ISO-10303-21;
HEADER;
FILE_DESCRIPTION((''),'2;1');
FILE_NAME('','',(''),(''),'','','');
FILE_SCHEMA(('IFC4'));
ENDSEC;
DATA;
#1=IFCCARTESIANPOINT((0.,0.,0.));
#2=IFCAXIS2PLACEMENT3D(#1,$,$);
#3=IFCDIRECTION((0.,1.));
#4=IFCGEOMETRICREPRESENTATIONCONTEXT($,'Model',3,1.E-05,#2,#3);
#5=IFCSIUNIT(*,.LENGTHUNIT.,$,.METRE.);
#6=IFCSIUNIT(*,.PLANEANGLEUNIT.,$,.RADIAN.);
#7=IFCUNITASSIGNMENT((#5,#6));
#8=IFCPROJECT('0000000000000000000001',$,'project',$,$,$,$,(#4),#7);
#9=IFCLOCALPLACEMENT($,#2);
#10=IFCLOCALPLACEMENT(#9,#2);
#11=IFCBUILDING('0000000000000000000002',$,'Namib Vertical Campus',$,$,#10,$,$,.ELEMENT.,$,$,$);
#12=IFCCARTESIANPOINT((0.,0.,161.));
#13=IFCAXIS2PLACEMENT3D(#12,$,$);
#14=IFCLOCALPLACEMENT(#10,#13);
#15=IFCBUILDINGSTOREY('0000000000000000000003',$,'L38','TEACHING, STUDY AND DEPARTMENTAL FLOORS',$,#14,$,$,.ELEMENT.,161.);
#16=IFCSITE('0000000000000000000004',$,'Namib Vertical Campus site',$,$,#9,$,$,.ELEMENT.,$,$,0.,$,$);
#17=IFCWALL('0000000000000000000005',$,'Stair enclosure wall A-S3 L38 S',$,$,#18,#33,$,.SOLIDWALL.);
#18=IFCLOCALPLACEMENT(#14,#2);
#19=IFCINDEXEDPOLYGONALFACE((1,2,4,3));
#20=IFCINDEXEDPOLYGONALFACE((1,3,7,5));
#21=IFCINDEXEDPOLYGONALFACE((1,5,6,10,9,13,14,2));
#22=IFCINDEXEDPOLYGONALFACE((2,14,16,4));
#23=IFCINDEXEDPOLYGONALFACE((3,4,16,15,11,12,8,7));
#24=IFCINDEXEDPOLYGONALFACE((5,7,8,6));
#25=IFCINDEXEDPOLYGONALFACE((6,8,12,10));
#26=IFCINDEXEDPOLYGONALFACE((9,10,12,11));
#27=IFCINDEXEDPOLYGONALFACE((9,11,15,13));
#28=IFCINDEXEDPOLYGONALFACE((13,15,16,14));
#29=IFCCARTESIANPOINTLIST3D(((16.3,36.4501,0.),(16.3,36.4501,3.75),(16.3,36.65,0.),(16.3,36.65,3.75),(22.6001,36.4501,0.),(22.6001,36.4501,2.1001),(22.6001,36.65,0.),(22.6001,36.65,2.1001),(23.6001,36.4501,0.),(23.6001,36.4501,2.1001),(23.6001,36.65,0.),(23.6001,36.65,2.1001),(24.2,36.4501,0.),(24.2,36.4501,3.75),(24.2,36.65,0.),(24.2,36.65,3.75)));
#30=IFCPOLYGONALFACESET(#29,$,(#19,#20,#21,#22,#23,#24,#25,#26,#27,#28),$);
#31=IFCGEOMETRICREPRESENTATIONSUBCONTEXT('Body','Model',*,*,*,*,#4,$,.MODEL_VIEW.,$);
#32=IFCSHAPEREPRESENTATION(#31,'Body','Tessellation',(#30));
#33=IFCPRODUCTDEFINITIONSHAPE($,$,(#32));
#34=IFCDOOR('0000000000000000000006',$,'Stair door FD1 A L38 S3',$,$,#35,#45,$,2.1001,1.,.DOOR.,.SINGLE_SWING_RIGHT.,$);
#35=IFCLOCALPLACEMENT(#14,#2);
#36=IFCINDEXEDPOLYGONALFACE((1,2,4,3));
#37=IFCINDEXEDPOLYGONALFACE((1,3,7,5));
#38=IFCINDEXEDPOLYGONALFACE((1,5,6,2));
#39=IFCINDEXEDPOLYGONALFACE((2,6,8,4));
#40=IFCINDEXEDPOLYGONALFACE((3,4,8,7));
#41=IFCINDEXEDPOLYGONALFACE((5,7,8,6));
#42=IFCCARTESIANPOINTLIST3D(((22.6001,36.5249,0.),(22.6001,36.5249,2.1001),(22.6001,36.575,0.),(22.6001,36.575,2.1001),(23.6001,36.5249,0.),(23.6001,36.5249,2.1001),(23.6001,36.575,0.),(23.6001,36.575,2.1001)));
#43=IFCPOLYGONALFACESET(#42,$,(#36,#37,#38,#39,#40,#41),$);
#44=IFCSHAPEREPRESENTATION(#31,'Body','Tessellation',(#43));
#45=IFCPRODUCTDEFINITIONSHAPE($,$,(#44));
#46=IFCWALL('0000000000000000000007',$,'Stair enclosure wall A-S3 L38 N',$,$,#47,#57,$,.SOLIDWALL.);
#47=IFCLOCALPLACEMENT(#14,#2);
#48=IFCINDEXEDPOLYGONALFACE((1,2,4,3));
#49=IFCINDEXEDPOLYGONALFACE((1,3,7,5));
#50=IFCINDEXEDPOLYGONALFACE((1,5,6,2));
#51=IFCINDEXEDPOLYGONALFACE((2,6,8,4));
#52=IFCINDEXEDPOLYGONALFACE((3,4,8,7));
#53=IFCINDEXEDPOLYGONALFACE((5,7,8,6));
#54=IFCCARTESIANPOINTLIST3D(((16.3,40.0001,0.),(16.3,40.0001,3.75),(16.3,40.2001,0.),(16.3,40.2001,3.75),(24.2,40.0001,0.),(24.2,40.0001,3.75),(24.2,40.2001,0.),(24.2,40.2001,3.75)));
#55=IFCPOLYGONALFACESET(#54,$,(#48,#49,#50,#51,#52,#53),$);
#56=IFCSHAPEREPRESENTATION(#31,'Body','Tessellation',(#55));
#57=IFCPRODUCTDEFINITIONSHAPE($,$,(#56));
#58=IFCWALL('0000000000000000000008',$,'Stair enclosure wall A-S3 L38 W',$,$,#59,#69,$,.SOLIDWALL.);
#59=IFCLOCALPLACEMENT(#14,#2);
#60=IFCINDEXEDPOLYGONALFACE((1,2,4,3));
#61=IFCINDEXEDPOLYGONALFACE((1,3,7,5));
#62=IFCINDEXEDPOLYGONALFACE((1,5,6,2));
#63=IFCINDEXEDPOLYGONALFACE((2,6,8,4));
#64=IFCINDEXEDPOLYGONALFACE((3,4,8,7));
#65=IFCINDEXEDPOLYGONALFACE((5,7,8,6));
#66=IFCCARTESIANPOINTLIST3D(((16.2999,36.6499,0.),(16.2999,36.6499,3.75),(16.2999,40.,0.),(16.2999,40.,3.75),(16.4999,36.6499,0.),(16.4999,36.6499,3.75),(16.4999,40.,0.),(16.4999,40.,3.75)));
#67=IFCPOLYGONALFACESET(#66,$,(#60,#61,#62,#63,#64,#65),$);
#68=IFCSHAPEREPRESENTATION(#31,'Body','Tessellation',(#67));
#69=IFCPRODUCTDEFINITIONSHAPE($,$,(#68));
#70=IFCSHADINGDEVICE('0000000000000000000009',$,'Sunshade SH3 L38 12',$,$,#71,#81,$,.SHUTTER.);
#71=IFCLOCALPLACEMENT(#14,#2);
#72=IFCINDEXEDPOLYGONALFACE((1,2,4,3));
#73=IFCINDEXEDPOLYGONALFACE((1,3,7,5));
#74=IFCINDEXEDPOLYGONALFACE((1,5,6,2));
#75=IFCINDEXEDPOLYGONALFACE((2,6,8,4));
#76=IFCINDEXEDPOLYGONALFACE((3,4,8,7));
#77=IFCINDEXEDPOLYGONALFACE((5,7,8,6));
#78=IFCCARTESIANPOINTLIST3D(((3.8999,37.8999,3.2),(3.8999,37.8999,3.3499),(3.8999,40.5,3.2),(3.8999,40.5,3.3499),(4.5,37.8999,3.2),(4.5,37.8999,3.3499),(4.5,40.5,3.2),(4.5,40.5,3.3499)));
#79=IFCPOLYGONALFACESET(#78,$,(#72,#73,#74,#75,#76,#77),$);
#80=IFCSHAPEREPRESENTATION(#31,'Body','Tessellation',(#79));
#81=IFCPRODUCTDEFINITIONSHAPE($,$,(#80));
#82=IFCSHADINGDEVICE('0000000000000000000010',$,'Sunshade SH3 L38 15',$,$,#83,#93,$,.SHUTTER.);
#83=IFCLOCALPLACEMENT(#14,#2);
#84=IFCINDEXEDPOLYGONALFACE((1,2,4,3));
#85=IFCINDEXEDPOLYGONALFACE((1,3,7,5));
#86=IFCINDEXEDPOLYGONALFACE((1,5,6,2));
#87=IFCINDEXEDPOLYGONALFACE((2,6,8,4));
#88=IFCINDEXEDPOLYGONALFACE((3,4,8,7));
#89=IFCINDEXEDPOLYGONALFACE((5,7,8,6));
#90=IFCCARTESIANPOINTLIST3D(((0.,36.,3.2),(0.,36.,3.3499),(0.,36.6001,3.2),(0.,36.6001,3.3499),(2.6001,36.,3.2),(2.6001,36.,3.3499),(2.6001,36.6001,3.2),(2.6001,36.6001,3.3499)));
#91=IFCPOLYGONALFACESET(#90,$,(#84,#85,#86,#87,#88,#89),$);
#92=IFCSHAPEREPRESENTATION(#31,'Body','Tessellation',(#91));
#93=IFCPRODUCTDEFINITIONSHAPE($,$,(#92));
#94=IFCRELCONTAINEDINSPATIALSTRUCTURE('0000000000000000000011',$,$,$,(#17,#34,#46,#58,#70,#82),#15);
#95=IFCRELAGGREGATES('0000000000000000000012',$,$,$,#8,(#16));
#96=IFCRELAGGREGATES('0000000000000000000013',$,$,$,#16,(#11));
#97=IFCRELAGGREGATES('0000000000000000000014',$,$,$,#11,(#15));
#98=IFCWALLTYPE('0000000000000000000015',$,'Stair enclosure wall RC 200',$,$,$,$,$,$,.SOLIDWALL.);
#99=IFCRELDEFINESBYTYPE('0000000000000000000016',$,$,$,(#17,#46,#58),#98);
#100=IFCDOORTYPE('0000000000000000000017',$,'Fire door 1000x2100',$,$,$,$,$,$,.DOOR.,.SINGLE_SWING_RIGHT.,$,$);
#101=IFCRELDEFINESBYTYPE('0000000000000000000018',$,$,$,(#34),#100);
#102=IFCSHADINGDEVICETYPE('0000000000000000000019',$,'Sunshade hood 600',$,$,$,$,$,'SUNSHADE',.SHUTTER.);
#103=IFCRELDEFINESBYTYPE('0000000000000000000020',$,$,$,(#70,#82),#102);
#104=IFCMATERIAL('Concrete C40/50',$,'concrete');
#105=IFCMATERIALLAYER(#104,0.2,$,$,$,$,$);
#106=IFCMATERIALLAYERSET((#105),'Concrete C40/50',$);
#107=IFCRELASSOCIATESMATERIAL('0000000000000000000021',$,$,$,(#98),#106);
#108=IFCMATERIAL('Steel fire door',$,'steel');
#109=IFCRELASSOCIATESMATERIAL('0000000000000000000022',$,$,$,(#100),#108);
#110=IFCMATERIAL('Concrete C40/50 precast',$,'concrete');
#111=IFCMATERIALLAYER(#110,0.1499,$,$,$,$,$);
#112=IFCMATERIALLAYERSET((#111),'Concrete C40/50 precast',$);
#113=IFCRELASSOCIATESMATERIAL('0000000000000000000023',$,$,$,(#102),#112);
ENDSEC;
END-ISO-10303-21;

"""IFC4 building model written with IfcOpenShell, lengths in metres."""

from ifc_helpers import new_model, si_unit, direction, frame, frame_2d, origin, origin_2d, place, context, subcontext, project, spatial, rectangle, extrude, material, layer, layer_set, type_object, element, fill, save


model = new_model("IFC4")

# Units and contexts
model_context = context("Model", 3, precision=1e-05, world=origin(), true_north=direction((0.0, 1.0)))
body_context = subcontext(model_context, "Body", "Model", "MODEL_VIEW")
ifc_project = project(units=[si_unit("LENGTHUNIT", "METRE"), si_unit("PLANEANGLEUNIT", "RADIAN")], contexts=[model_context])

# Site, building, storey
site_placement = place(None, origin())
site = spatial("IfcSite", under=ifc_project, at=site_placement, Name="Namib Vertical Campus site", CompositionType="ELEMENT", RefElevation=0.0)
building_placement = place(site_placement, origin())
building = spatial("IfcBuilding", under=site, at=building_placement, Name="Namib Vertical Campus", CompositionType="ELEMENT")
storey_placement = place(building_placement, frame((0.0, 0.0, 161.0)))
storey = spatial("IfcBuildingStorey", under=building, at=storey_placement, Name="L38", Description="TEACHING, STUDY AND DEPARTMENTAL FLOORS", CompositionType="ELEMENT", Elevation=161.0)

# Wall, opening, door
ifc_material_1 = material(Name="Concrete C40/50", Category="concrete")
ifc_layer_1 = layer(ifc_material_1, 0.2)
ifc_layer_set_1 = layer_set([ifc_layer_1], Name="Concrete C40/50")
wall_type_1 = type_object("IfcWallType", Name="Stair enclosure wall RC 200", PredefinedType="SOLIDWALL", material=ifc_layer_set_1)
wall_1_placement = place(storey_placement, frame((16.3, 36.55, 0.0), z_axis=(0.0, 0.0, 1.0), x_axis=(1.0, 0.0, 0.0)))
wall_1 = element("IfcWall", 1, at=wall_1_placement, inside=storey, type_object=wall_type_1, Name="Stair enclosure wall A-S3 L38 S", PredefinedType="SOLIDWALL", context=body_context, shape_type="SweptSolid", body=[
    extrude(rectangle(XDim=7.8999, YDim=0.2, at=frame_2d((3.95, 0.0))), origin(), (0.0, 0.0, 1.0), 3.75),
])
opening_1_placement = place(wall_1_placement, frame((6.3, 0.0, 0.0)))
opening_1 = element("IfcOpeningElement", 2, at=opening_1_placement, cuts=wall_1, PredefinedType="OPENING", context=body_context, shape_type="SweptSolid", body=[
    extrude(rectangle(XDim=1.0, YDim=2.1001, at=frame_2d((0.5, 1.05))), frame((0.0, 0.1099, 0.0), z_axis=(0.0, -1.0, 0.0), x_axis=(1.0, 0.0, 0.0)), (0.0, 0.0, 1.0), 0.22),
])
ifc_material_2 = material(Name="Steel fire door", Category="steel")
door_type = type_object("IfcDoorType", Name="Fire door 1000x2100", OperationType="SINGLE_SWING_RIGHT", PredefinedType="DOOR", material=ifc_material_2)
door_placement = place(opening_1_placement, origin())
door = element("IfcDoor", 3, at=door_placement, inside=storey, type_object=door_type, Name="Stair door FD1 A L38 S3", OperationType="SINGLE_SWING_RIGHT", OverallHeight=2.1001, OverallWidth=1.0, PredefinedType="DOOR", context=body_context, shape_type="SweptSolid", body=[
    extrude(rectangle(XDim=1.0, YDim=2.1001, at=frame_2d((0.5, 1.05))), frame((0.0, 0.0249, 0.0), z_axis=(0.0, -1.0, 0.0), x_axis=(1.0, 0.0, 0.0)), (0.0, 0.0, 1.0), 0.05),
])
fill(opening_1, door)

# Walls
wall_2_placement = place(storey_placement, frame((16.3, 40.1001, 0.0), z_axis=(0.0, 0.0, 1.0), x_axis=(1.0, 0.0, 0.0)))
element("IfcWall", 4, at=wall_2_placement, inside=storey, type_object=wall_type_1, Name="Stair enclosure wall A-S3 L38 N", PredefinedType="SOLIDWALL", context=body_context, shape_type="SweptSolid", body=[
    extrude(rectangle(XDim=7.8999, YDim=0.2, at=frame_2d((3.95, 0.0))), origin(), (0.0, 0.0, 1.0), 3.75),
])
wall_3_placement = place(storey_placement, frame((16.3999, 36.6499, 0.0), z_axis=(0.0, 0.0, 1.0), x_axis=(0.0, 1.0, 0.0)))
element("IfcWall", 5, at=wall_3_placement, inside=storey, type_object=wall_type_1, Name="Stair enclosure wall A-S3 L38 W", PredefinedType="SOLIDWALL", context=body_context, shape_type="SweptSolid", body=[
    extrude(rectangle(XDim=3.3501, YDim=0.2, at=frame_2d((1.675, 0.0))), origin(), (0.0, 0.0, 1.0), 3.75),
])

# Shading devices
ifc_material_3 = material(Name="Concrete C40/50 precast", Category="concrete")
ifc_layer_2 = layer(ifc_material_3, 0.1499)
ifc_layer_set_2 = layer_set([ifc_layer_2], Name="Concrete C40/50 precast")
shading_device_type = type_object("IfcShadingDeviceType", Name="Sunshade hood 600", ElementType="SUNSHADE", PredefinedType="SHUTTER", material=ifc_layer_set_2)
for number, where, z_axis, x_axis, name in (
    (6, (4.2, 39.2, 3.2), (0.0, 0.0, 1.0), (0.0, -1.0, 0.0), "Sunshade SH3 L38 12"),
    (7, (1.3, 36.3, 3.2), (0.0, 0.0, 1.0), (-1.0, 0.0, 0.0), "Sunshade SH3 L38 15"),
):
    element("IfcShadingDevice", number, at=place(storey_placement, frame(where, z_axis=z_axis, x_axis=x_axis)), inside=storey, type_object=shading_device_type, Name=name, PredefinedType="SHUTTER", context=body_context, shape_type="SweptSolid", body=[
        extrude(rectangle(XDim=2.6001, YDim=0.6001, at=origin_2d()), origin(), (0.0, 0.0, 1.0), 0.1499),
    ])

save(model, "model.ifc")
